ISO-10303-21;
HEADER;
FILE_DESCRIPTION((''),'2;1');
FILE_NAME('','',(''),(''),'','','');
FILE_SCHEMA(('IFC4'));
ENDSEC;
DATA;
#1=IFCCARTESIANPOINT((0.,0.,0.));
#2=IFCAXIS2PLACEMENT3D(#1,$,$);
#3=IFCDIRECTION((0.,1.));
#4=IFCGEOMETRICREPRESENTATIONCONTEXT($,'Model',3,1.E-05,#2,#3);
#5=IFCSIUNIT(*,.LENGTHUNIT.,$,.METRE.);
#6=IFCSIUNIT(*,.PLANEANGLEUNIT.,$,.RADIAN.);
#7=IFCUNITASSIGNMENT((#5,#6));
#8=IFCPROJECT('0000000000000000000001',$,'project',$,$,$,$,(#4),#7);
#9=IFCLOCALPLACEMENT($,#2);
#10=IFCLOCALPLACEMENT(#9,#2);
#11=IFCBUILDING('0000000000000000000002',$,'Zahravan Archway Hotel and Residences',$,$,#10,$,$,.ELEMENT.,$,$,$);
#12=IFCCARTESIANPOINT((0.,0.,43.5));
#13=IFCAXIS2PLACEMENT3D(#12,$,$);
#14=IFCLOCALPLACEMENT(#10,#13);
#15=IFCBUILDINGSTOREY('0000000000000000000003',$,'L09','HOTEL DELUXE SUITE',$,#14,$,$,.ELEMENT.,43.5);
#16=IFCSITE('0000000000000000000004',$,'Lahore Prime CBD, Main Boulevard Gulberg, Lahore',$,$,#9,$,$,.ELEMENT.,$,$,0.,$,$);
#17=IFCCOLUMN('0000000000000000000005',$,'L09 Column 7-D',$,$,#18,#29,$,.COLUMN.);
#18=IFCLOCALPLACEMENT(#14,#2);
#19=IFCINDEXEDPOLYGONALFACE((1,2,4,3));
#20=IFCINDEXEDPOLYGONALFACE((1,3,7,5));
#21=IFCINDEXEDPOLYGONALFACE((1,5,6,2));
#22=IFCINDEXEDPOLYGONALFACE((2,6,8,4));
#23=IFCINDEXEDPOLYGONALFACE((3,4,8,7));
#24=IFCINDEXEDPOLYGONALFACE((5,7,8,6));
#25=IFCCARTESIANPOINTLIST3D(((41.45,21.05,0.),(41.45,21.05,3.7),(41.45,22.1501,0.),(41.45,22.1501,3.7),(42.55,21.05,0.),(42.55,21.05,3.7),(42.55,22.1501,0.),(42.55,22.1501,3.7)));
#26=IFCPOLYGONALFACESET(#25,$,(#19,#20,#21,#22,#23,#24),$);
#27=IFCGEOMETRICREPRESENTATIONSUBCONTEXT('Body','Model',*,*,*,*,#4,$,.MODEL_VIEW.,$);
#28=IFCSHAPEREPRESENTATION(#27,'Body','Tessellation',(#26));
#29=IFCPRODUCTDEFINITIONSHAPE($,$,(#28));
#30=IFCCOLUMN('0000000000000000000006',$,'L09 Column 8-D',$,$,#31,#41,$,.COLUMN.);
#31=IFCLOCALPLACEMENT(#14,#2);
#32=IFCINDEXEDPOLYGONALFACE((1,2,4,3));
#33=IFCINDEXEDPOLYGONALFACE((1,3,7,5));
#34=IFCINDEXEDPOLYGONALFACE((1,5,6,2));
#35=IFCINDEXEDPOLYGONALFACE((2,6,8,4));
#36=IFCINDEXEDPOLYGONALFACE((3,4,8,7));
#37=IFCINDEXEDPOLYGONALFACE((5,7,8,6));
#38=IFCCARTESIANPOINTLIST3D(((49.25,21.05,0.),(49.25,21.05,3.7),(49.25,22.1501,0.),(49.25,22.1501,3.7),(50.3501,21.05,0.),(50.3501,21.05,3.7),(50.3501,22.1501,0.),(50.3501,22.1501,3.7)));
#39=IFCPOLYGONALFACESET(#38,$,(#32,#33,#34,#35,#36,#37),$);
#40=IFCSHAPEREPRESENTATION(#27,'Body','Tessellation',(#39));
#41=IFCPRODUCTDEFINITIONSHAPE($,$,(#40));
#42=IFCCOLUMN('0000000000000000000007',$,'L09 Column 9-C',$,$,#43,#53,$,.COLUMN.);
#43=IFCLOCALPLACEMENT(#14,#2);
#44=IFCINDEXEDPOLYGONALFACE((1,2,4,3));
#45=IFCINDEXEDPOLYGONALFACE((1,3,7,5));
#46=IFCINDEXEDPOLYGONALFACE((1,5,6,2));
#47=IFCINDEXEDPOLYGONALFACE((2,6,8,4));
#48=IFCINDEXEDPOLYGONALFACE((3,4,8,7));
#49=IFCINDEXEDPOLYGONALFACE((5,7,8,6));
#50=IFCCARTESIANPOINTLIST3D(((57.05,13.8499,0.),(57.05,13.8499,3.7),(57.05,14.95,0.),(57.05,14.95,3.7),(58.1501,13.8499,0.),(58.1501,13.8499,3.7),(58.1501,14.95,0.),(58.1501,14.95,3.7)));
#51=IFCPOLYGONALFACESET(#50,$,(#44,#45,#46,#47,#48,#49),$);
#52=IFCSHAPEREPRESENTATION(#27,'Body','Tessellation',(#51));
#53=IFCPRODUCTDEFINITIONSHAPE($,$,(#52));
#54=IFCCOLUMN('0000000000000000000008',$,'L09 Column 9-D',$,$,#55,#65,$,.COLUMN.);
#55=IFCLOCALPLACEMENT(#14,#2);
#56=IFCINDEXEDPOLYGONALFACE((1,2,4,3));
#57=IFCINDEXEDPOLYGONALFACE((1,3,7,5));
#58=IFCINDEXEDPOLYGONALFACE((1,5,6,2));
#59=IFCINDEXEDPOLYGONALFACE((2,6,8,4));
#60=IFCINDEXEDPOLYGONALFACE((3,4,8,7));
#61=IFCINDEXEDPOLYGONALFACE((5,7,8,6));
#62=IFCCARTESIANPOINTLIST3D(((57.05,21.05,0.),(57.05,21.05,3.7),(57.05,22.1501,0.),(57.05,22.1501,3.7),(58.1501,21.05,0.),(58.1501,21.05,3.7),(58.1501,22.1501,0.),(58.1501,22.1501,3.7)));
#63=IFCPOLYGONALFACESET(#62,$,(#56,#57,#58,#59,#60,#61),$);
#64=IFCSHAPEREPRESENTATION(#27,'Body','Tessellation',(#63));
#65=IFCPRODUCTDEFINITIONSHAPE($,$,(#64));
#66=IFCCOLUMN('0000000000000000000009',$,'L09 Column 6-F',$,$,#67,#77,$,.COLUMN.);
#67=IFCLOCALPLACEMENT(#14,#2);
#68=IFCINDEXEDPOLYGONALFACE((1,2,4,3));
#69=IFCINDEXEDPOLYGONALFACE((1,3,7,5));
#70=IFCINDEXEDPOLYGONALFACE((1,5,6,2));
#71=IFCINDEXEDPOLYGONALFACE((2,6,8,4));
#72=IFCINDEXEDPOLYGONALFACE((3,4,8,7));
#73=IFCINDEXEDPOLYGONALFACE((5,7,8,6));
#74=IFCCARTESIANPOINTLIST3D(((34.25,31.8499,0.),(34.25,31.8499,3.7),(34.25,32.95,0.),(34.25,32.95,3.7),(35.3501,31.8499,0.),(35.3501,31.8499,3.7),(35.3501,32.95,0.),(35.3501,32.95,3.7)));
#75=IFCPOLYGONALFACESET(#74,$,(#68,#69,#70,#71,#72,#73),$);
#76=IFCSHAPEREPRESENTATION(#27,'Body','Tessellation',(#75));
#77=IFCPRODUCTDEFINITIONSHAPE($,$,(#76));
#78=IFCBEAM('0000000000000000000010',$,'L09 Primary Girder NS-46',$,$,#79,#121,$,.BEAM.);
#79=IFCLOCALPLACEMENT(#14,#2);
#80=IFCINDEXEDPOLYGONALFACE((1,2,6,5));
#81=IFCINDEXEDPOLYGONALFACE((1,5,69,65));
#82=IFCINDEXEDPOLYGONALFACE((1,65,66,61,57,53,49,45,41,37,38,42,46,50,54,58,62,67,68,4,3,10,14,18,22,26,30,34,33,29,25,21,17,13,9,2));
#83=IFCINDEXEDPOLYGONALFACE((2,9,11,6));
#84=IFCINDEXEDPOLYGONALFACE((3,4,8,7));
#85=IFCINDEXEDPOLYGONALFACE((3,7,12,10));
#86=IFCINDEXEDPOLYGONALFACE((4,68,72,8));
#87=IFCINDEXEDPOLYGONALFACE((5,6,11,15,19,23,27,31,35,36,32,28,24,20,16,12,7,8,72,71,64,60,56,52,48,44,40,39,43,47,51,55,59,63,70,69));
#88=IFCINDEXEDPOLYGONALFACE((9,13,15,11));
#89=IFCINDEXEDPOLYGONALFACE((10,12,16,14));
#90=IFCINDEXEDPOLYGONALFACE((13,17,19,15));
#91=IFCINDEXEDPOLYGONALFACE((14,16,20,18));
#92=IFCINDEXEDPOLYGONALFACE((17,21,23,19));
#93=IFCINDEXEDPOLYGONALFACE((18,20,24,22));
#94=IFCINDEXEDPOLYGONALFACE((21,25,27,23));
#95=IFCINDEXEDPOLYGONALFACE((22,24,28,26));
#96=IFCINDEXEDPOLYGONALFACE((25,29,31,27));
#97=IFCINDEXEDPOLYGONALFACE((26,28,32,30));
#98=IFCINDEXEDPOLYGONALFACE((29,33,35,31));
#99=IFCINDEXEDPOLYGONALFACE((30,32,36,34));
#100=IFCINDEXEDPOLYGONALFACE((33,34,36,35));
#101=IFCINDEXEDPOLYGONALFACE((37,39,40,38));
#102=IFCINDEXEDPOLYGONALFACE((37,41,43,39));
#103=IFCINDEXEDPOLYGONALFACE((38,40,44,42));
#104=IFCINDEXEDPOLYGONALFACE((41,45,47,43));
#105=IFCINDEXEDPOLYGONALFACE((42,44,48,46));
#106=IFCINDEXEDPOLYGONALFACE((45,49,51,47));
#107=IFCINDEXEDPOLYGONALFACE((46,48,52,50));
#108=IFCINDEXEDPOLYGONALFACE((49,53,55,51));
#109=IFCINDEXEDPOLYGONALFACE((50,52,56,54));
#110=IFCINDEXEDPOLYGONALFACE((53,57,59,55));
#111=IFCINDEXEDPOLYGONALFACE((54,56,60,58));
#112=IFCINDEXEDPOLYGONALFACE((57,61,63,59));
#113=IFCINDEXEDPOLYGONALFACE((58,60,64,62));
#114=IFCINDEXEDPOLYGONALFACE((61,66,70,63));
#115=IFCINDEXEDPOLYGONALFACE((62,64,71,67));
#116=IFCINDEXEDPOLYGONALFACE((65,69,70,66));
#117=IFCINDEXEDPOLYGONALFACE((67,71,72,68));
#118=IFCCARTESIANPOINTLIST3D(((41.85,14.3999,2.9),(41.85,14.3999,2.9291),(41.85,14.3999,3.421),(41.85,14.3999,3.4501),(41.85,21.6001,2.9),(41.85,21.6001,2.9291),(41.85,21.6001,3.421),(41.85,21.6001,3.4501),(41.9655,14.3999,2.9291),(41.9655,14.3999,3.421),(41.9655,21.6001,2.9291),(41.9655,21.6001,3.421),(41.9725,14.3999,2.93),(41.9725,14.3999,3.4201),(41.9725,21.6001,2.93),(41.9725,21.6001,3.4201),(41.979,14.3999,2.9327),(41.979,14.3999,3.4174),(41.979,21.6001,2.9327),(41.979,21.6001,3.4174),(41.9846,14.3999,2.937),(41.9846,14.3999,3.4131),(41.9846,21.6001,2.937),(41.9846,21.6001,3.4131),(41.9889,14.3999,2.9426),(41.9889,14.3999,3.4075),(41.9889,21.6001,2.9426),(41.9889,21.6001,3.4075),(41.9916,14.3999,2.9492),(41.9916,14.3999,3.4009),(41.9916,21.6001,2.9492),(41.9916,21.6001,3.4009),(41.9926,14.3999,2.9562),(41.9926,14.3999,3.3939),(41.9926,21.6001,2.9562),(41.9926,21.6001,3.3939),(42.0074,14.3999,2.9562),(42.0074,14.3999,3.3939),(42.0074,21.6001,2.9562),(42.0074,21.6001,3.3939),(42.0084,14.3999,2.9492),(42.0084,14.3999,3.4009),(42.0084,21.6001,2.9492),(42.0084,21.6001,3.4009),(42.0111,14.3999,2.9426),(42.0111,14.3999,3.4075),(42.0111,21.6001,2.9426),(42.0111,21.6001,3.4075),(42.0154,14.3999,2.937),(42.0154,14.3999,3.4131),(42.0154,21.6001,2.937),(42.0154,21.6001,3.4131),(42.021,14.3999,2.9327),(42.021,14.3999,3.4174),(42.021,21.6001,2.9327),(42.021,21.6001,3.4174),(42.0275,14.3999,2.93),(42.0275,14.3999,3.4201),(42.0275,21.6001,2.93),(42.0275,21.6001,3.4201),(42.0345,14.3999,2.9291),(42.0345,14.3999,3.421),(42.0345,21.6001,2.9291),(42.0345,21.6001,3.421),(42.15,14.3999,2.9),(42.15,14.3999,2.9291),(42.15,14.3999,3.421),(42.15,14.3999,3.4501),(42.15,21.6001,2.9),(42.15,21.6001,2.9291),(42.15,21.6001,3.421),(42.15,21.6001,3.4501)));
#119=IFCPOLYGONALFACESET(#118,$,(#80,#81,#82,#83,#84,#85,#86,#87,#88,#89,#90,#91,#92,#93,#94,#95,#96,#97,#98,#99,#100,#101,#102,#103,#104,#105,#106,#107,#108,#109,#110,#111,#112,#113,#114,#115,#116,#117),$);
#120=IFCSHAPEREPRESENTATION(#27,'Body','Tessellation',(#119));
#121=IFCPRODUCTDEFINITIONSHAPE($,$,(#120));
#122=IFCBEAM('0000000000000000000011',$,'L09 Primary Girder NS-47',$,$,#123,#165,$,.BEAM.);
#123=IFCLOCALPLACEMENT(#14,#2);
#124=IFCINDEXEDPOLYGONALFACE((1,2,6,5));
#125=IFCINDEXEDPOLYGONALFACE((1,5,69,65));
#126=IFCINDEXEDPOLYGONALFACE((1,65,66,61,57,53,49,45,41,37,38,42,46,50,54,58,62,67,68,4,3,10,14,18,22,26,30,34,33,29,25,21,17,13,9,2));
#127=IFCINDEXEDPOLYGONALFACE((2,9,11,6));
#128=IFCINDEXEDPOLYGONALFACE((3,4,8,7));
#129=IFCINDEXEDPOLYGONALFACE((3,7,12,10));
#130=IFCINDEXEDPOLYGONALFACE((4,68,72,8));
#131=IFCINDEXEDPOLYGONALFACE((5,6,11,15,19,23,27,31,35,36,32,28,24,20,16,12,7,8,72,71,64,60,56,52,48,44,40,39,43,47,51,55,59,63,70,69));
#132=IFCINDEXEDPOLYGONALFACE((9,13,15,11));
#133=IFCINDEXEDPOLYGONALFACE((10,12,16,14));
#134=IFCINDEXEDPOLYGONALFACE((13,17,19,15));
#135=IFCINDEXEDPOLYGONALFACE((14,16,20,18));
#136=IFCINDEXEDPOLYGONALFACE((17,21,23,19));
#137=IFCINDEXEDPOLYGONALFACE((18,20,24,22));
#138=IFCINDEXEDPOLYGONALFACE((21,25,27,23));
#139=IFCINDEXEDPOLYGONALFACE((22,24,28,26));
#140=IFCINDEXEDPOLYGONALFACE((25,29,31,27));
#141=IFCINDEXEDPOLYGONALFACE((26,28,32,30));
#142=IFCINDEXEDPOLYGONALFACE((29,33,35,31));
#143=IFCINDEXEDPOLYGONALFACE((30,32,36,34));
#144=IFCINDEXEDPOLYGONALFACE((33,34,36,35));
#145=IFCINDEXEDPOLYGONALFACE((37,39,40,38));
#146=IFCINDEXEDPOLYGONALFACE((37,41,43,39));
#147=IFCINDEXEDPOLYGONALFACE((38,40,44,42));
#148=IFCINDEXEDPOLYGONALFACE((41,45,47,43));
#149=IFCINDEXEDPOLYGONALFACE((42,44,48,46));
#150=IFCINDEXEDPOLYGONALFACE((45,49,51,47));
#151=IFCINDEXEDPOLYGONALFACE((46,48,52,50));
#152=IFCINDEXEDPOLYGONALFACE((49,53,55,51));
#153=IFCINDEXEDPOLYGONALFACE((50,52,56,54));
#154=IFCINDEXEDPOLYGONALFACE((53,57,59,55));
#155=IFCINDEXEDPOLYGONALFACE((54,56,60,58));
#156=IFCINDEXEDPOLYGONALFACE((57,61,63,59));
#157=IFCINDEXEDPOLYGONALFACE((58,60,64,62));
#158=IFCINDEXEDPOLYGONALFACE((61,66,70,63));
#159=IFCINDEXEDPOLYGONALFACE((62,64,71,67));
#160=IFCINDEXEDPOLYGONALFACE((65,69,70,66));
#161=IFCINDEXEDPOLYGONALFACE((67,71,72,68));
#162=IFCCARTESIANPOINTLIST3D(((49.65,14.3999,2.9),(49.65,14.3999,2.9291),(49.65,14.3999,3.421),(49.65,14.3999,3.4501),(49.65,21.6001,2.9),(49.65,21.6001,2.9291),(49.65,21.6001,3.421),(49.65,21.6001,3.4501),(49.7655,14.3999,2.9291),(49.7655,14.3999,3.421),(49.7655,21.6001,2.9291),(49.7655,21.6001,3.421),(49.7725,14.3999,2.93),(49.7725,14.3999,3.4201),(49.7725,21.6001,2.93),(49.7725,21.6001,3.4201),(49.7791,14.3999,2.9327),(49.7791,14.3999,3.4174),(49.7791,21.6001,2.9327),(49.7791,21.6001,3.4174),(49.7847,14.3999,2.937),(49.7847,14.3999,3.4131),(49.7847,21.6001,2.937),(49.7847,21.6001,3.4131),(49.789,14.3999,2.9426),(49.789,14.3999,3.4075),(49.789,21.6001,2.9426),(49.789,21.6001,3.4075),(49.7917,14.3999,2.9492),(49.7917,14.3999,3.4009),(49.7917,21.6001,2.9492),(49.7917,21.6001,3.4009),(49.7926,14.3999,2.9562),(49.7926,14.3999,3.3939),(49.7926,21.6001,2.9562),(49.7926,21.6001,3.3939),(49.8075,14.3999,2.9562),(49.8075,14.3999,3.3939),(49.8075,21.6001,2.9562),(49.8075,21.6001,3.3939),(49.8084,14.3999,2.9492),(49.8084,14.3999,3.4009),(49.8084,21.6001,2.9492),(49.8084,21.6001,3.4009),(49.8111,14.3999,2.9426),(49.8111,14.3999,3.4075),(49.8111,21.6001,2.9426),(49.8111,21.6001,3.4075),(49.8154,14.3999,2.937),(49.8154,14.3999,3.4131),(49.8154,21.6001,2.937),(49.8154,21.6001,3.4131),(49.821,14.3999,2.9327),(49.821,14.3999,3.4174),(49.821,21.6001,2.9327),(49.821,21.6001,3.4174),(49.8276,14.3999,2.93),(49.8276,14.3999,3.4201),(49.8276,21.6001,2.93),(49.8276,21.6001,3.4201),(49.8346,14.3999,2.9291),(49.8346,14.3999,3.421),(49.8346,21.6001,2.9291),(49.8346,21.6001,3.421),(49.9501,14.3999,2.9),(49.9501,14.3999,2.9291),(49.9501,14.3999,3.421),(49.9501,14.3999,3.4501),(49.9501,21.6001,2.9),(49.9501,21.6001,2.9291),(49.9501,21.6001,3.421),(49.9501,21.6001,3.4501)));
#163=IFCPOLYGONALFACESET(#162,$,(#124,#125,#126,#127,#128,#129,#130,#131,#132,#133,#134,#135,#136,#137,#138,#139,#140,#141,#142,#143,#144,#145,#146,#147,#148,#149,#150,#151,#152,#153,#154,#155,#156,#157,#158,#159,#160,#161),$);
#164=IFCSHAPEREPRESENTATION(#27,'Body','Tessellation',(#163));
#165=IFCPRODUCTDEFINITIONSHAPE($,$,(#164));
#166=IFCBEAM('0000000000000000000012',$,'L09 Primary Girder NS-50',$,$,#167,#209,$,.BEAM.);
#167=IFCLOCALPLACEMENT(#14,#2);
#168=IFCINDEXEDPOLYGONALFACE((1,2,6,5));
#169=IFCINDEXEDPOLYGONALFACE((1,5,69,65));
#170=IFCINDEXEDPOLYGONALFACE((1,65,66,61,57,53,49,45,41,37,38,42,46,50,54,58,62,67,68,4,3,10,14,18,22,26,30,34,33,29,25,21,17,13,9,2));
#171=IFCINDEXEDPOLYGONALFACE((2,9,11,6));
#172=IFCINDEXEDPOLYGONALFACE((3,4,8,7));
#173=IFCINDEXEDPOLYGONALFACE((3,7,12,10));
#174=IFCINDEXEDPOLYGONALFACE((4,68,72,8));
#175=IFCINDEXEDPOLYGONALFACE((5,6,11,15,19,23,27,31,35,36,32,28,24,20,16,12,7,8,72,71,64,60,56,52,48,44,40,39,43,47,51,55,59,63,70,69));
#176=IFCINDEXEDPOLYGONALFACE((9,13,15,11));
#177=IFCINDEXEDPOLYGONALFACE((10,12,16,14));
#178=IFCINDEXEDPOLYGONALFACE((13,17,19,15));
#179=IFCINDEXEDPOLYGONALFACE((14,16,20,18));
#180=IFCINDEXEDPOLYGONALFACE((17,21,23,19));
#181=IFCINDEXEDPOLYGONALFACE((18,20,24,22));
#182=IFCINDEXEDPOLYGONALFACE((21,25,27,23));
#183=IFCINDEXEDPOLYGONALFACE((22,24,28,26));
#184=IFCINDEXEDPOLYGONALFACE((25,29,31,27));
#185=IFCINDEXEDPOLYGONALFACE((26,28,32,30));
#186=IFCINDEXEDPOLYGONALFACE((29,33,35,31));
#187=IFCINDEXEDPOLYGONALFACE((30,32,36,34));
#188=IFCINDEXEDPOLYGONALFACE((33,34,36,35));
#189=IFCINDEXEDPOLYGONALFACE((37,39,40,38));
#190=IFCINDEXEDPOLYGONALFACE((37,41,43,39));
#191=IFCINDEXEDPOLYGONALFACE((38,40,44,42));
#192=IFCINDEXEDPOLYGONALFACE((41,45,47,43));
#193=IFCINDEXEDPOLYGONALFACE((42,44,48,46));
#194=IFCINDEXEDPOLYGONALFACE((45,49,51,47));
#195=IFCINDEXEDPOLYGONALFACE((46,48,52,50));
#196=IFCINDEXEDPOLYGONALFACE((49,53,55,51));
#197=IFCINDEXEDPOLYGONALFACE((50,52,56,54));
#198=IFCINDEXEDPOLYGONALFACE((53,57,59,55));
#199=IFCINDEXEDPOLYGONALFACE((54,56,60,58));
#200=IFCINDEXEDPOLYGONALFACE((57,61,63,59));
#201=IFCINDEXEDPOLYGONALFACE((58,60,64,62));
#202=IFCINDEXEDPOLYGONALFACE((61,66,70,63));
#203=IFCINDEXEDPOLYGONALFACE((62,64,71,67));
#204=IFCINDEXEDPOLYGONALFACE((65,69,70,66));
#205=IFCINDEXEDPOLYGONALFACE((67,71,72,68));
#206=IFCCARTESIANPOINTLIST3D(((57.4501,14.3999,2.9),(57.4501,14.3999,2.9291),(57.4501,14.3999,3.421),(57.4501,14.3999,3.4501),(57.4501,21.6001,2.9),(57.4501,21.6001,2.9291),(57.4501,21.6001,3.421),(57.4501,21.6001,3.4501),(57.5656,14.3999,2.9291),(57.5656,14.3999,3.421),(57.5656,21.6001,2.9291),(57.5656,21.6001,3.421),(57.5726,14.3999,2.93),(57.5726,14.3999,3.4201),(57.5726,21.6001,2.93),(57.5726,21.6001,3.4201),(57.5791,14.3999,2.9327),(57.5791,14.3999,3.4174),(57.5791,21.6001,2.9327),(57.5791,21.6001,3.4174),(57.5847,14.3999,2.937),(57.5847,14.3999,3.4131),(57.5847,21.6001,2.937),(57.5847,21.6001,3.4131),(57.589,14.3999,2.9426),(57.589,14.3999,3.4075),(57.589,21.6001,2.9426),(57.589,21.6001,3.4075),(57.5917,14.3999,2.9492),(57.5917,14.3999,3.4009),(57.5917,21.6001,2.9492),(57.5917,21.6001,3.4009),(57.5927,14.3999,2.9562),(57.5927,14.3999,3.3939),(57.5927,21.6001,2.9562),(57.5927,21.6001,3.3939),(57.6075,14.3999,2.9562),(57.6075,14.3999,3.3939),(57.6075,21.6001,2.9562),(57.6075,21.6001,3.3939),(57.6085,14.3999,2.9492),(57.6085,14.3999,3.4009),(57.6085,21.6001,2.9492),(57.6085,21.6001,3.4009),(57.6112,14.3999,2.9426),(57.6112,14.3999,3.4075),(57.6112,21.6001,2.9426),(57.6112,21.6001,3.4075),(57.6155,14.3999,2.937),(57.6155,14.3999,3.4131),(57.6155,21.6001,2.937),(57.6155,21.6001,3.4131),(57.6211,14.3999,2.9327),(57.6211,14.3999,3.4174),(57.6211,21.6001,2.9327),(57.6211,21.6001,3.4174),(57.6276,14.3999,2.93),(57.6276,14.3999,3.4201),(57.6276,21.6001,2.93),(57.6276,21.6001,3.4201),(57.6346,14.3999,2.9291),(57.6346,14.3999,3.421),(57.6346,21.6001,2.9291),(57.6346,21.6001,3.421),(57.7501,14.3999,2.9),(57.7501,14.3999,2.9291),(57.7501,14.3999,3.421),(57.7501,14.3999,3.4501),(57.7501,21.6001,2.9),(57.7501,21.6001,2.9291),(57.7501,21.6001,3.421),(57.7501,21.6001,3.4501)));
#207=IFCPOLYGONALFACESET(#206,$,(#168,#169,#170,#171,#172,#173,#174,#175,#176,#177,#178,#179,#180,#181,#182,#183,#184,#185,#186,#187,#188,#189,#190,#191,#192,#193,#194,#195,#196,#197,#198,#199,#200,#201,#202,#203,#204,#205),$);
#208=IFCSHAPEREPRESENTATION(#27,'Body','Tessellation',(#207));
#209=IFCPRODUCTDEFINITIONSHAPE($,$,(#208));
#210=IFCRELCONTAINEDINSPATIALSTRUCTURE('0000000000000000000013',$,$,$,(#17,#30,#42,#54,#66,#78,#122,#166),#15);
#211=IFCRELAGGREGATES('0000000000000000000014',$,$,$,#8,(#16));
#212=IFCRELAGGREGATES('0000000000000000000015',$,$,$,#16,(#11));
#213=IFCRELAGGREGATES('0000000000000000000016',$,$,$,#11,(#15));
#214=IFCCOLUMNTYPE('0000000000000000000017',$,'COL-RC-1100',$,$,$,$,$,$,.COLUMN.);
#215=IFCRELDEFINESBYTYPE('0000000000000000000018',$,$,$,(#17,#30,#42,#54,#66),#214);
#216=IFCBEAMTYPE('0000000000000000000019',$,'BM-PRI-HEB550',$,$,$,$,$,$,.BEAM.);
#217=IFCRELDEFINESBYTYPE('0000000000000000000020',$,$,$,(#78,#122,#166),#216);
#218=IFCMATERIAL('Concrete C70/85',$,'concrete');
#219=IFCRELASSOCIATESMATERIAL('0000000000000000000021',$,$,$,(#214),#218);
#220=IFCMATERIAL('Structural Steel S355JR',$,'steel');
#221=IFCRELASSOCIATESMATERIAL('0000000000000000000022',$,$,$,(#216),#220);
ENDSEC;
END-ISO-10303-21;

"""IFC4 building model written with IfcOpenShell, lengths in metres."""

from ifc_helpers import new_model, si_unit, direction, frame, origin, origin_2d, place, context, subcontext, project, spatial, rectangle, i_section, extrude, source, transform, mapped, material, material_profile, profile_set, type_object, type_shapes, element, save


model = new_model("IFC4")

# Units and contexts
model_context = context("Model", 3, precision=1e-05, world=origin(), true_north=direction((0.0, 1.0)))
body_context = subcontext(model_context, "Body", "Model", "MODEL_VIEW")
ifc_project = project(units=[si_unit("LENGTHUNIT", "METRE"), si_unit("PLANEANGLEUNIT", "RADIAN")], contexts=[model_context])

# Site, building, storey
site_placement = place(None, origin())
site = spatial("IfcSite", under=ifc_project, at=site_placement, Name="Lahore Prime CBD, Main Boulevard Gulberg, Lahore", CompositionType="ELEMENT", RefElevation=0.0)
building_placement = place(site_placement, origin())
building = spatial("IfcBuilding", under=site, at=building_placement, Name="Zahravan Archway Hotel and Residences", CompositionType="ELEMENT")
storey_placement = place(building_placement, frame((0.0, 0.0, 43.5)))
storey = spatial("IfcBuildingStorey", under=building, at=storey_placement, Name="L09", Description="HOTEL DELUXE SUITE", CompositionType="ELEMENT", Elevation=43.5)

# Columns
ifc_material_1 = material(Name="Concrete C70/85", Category="concrete")
ifc_material_profile_1 = material_profile(ifc_material_1, rectangle(XDim=1.1001, YDim=1.1001, at=origin_2d()), Name="RC 1100x1100", Category="concrete")
ifc_profile_set_1 = profile_set([ifc_material_profile_1], Name="Concrete C70/85")
column_type = type_object("IfcColumnType", Name="COL-RC-1100", PredefinedType="COLUMN", material=ifc_profile_set_1)
shared_shape_1 = source(origin(), body_context, "Body", "SweptSolid", [
    extrude(rectangle(XDim=1.1001, YDim=1.1001, at=origin_2d()), origin(), (0.0, 0.0, 1.0), 3.7),
])
for number, where, z_axis, x_axis, name in (
    (1, (42.0, 21.6001, 0.0), (0.0, 0.0, 1.0), (1.0, 0.0, 0.0), "L09 Column 7-D"),
    (2, (49.8, 21.6001, 0.0), (0.0, 0.0, 1.0), (1.0, 0.0, 0.0), "L09 Column 8-D"),
    (3, (57.6001, 14.3999, 0.0), (0.0, 0.0, 1.0), (1.0, 0.0, 0.0), "L09 Column 9-C"),
    (4, (57.6001, 21.6001, 0.0), (0.0, 0.0, 1.0), (1.0, 0.0, 0.0), "L09 Column 9-D"),
    (5, (34.8, 32.3999, 0.0), (0.0, 0.0, 1.0), (1.0, 0.0, 0.0), "L09 Column 6-F"),
):
    element("IfcColumn", number, at=place(storey_placement, frame(where, z_axis=z_axis, x_axis=x_axis)), inside=storey, type_object=column_type, Name=name, PredefinedType="COLUMN", context=body_context, shape_type="MappedRepresentation", body=[
        mapped(shared_shape_1, transform((0.0, 0.0, 0.0), scale=1.0)),
    ])

# Beams
ifc_material_2 = material(Name="Structural Steel S355JR", Category="steel")
ifc_material_profile_2 = material_profile(ifc_material_2, i_section(OverallWidth=0.3, OverallDepth=0.55, WebThickness=0.0149, FlangeThickness=0.0291, FilletRadius=0.0271, at=origin_2d()), Name="HEB 550", Category="steel")
ifc_profile_set_2 = profile_set([ifc_material_profile_2], Name="Structural Steel S355JR")
beam_type_1 = type_object("IfcBeamType", Name="BM-PRI-HEB550", PredefinedType="BEAM", material=ifc_profile_set_2)
shared_shape_2 = source(origin(), body_context, "Body", "SweptSolid", [
    extrude(i_section(OverallWidth=0.3, OverallDepth=0.55, WebThickness=0.0149, FlangeThickness=0.0291, FilletRadius=0.0271, at=origin_2d()), origin(), (0.0, 0.0, 1.0), 7.2002),
])
type_shapes(beam_type_1, [shared_shape_2])
for number, where, z_axis, x_axis, name in (
    (6, (42.0, 14.3999, 3.175), (0.0, 1.0, 0.0), (-1.0, 0.0, 0.0), "L09 Primary Girder NS-46"),
    (7, (49.8, 14.3999, 3.175), (0.0, 1.0, 0.0), (-1.0, 0.0, 0.0), "L09 Primary Girder NS-47"),
    (8, (57.6001, 14.3999, 3.175), (0.0, 1.0, 0.0), (-1.0, 0.0, 0.0), "L09 Primary Girder NS-50"),
):
    element("IfcBeam", number, at=place(storey_placement, frame(where, z_axis=z_axis, x_axis=x_axis)), inside=storey, type_object=beam_type_1, Name=name, PredefinedType="BEAM", context=body_context, shape_type="MappedRepresentation", body=[
        mapped(shared_shape_2, transform((0.0, 0.0, 0.0), scale=1.0)),
    ])

save(model, "model.ifc")
